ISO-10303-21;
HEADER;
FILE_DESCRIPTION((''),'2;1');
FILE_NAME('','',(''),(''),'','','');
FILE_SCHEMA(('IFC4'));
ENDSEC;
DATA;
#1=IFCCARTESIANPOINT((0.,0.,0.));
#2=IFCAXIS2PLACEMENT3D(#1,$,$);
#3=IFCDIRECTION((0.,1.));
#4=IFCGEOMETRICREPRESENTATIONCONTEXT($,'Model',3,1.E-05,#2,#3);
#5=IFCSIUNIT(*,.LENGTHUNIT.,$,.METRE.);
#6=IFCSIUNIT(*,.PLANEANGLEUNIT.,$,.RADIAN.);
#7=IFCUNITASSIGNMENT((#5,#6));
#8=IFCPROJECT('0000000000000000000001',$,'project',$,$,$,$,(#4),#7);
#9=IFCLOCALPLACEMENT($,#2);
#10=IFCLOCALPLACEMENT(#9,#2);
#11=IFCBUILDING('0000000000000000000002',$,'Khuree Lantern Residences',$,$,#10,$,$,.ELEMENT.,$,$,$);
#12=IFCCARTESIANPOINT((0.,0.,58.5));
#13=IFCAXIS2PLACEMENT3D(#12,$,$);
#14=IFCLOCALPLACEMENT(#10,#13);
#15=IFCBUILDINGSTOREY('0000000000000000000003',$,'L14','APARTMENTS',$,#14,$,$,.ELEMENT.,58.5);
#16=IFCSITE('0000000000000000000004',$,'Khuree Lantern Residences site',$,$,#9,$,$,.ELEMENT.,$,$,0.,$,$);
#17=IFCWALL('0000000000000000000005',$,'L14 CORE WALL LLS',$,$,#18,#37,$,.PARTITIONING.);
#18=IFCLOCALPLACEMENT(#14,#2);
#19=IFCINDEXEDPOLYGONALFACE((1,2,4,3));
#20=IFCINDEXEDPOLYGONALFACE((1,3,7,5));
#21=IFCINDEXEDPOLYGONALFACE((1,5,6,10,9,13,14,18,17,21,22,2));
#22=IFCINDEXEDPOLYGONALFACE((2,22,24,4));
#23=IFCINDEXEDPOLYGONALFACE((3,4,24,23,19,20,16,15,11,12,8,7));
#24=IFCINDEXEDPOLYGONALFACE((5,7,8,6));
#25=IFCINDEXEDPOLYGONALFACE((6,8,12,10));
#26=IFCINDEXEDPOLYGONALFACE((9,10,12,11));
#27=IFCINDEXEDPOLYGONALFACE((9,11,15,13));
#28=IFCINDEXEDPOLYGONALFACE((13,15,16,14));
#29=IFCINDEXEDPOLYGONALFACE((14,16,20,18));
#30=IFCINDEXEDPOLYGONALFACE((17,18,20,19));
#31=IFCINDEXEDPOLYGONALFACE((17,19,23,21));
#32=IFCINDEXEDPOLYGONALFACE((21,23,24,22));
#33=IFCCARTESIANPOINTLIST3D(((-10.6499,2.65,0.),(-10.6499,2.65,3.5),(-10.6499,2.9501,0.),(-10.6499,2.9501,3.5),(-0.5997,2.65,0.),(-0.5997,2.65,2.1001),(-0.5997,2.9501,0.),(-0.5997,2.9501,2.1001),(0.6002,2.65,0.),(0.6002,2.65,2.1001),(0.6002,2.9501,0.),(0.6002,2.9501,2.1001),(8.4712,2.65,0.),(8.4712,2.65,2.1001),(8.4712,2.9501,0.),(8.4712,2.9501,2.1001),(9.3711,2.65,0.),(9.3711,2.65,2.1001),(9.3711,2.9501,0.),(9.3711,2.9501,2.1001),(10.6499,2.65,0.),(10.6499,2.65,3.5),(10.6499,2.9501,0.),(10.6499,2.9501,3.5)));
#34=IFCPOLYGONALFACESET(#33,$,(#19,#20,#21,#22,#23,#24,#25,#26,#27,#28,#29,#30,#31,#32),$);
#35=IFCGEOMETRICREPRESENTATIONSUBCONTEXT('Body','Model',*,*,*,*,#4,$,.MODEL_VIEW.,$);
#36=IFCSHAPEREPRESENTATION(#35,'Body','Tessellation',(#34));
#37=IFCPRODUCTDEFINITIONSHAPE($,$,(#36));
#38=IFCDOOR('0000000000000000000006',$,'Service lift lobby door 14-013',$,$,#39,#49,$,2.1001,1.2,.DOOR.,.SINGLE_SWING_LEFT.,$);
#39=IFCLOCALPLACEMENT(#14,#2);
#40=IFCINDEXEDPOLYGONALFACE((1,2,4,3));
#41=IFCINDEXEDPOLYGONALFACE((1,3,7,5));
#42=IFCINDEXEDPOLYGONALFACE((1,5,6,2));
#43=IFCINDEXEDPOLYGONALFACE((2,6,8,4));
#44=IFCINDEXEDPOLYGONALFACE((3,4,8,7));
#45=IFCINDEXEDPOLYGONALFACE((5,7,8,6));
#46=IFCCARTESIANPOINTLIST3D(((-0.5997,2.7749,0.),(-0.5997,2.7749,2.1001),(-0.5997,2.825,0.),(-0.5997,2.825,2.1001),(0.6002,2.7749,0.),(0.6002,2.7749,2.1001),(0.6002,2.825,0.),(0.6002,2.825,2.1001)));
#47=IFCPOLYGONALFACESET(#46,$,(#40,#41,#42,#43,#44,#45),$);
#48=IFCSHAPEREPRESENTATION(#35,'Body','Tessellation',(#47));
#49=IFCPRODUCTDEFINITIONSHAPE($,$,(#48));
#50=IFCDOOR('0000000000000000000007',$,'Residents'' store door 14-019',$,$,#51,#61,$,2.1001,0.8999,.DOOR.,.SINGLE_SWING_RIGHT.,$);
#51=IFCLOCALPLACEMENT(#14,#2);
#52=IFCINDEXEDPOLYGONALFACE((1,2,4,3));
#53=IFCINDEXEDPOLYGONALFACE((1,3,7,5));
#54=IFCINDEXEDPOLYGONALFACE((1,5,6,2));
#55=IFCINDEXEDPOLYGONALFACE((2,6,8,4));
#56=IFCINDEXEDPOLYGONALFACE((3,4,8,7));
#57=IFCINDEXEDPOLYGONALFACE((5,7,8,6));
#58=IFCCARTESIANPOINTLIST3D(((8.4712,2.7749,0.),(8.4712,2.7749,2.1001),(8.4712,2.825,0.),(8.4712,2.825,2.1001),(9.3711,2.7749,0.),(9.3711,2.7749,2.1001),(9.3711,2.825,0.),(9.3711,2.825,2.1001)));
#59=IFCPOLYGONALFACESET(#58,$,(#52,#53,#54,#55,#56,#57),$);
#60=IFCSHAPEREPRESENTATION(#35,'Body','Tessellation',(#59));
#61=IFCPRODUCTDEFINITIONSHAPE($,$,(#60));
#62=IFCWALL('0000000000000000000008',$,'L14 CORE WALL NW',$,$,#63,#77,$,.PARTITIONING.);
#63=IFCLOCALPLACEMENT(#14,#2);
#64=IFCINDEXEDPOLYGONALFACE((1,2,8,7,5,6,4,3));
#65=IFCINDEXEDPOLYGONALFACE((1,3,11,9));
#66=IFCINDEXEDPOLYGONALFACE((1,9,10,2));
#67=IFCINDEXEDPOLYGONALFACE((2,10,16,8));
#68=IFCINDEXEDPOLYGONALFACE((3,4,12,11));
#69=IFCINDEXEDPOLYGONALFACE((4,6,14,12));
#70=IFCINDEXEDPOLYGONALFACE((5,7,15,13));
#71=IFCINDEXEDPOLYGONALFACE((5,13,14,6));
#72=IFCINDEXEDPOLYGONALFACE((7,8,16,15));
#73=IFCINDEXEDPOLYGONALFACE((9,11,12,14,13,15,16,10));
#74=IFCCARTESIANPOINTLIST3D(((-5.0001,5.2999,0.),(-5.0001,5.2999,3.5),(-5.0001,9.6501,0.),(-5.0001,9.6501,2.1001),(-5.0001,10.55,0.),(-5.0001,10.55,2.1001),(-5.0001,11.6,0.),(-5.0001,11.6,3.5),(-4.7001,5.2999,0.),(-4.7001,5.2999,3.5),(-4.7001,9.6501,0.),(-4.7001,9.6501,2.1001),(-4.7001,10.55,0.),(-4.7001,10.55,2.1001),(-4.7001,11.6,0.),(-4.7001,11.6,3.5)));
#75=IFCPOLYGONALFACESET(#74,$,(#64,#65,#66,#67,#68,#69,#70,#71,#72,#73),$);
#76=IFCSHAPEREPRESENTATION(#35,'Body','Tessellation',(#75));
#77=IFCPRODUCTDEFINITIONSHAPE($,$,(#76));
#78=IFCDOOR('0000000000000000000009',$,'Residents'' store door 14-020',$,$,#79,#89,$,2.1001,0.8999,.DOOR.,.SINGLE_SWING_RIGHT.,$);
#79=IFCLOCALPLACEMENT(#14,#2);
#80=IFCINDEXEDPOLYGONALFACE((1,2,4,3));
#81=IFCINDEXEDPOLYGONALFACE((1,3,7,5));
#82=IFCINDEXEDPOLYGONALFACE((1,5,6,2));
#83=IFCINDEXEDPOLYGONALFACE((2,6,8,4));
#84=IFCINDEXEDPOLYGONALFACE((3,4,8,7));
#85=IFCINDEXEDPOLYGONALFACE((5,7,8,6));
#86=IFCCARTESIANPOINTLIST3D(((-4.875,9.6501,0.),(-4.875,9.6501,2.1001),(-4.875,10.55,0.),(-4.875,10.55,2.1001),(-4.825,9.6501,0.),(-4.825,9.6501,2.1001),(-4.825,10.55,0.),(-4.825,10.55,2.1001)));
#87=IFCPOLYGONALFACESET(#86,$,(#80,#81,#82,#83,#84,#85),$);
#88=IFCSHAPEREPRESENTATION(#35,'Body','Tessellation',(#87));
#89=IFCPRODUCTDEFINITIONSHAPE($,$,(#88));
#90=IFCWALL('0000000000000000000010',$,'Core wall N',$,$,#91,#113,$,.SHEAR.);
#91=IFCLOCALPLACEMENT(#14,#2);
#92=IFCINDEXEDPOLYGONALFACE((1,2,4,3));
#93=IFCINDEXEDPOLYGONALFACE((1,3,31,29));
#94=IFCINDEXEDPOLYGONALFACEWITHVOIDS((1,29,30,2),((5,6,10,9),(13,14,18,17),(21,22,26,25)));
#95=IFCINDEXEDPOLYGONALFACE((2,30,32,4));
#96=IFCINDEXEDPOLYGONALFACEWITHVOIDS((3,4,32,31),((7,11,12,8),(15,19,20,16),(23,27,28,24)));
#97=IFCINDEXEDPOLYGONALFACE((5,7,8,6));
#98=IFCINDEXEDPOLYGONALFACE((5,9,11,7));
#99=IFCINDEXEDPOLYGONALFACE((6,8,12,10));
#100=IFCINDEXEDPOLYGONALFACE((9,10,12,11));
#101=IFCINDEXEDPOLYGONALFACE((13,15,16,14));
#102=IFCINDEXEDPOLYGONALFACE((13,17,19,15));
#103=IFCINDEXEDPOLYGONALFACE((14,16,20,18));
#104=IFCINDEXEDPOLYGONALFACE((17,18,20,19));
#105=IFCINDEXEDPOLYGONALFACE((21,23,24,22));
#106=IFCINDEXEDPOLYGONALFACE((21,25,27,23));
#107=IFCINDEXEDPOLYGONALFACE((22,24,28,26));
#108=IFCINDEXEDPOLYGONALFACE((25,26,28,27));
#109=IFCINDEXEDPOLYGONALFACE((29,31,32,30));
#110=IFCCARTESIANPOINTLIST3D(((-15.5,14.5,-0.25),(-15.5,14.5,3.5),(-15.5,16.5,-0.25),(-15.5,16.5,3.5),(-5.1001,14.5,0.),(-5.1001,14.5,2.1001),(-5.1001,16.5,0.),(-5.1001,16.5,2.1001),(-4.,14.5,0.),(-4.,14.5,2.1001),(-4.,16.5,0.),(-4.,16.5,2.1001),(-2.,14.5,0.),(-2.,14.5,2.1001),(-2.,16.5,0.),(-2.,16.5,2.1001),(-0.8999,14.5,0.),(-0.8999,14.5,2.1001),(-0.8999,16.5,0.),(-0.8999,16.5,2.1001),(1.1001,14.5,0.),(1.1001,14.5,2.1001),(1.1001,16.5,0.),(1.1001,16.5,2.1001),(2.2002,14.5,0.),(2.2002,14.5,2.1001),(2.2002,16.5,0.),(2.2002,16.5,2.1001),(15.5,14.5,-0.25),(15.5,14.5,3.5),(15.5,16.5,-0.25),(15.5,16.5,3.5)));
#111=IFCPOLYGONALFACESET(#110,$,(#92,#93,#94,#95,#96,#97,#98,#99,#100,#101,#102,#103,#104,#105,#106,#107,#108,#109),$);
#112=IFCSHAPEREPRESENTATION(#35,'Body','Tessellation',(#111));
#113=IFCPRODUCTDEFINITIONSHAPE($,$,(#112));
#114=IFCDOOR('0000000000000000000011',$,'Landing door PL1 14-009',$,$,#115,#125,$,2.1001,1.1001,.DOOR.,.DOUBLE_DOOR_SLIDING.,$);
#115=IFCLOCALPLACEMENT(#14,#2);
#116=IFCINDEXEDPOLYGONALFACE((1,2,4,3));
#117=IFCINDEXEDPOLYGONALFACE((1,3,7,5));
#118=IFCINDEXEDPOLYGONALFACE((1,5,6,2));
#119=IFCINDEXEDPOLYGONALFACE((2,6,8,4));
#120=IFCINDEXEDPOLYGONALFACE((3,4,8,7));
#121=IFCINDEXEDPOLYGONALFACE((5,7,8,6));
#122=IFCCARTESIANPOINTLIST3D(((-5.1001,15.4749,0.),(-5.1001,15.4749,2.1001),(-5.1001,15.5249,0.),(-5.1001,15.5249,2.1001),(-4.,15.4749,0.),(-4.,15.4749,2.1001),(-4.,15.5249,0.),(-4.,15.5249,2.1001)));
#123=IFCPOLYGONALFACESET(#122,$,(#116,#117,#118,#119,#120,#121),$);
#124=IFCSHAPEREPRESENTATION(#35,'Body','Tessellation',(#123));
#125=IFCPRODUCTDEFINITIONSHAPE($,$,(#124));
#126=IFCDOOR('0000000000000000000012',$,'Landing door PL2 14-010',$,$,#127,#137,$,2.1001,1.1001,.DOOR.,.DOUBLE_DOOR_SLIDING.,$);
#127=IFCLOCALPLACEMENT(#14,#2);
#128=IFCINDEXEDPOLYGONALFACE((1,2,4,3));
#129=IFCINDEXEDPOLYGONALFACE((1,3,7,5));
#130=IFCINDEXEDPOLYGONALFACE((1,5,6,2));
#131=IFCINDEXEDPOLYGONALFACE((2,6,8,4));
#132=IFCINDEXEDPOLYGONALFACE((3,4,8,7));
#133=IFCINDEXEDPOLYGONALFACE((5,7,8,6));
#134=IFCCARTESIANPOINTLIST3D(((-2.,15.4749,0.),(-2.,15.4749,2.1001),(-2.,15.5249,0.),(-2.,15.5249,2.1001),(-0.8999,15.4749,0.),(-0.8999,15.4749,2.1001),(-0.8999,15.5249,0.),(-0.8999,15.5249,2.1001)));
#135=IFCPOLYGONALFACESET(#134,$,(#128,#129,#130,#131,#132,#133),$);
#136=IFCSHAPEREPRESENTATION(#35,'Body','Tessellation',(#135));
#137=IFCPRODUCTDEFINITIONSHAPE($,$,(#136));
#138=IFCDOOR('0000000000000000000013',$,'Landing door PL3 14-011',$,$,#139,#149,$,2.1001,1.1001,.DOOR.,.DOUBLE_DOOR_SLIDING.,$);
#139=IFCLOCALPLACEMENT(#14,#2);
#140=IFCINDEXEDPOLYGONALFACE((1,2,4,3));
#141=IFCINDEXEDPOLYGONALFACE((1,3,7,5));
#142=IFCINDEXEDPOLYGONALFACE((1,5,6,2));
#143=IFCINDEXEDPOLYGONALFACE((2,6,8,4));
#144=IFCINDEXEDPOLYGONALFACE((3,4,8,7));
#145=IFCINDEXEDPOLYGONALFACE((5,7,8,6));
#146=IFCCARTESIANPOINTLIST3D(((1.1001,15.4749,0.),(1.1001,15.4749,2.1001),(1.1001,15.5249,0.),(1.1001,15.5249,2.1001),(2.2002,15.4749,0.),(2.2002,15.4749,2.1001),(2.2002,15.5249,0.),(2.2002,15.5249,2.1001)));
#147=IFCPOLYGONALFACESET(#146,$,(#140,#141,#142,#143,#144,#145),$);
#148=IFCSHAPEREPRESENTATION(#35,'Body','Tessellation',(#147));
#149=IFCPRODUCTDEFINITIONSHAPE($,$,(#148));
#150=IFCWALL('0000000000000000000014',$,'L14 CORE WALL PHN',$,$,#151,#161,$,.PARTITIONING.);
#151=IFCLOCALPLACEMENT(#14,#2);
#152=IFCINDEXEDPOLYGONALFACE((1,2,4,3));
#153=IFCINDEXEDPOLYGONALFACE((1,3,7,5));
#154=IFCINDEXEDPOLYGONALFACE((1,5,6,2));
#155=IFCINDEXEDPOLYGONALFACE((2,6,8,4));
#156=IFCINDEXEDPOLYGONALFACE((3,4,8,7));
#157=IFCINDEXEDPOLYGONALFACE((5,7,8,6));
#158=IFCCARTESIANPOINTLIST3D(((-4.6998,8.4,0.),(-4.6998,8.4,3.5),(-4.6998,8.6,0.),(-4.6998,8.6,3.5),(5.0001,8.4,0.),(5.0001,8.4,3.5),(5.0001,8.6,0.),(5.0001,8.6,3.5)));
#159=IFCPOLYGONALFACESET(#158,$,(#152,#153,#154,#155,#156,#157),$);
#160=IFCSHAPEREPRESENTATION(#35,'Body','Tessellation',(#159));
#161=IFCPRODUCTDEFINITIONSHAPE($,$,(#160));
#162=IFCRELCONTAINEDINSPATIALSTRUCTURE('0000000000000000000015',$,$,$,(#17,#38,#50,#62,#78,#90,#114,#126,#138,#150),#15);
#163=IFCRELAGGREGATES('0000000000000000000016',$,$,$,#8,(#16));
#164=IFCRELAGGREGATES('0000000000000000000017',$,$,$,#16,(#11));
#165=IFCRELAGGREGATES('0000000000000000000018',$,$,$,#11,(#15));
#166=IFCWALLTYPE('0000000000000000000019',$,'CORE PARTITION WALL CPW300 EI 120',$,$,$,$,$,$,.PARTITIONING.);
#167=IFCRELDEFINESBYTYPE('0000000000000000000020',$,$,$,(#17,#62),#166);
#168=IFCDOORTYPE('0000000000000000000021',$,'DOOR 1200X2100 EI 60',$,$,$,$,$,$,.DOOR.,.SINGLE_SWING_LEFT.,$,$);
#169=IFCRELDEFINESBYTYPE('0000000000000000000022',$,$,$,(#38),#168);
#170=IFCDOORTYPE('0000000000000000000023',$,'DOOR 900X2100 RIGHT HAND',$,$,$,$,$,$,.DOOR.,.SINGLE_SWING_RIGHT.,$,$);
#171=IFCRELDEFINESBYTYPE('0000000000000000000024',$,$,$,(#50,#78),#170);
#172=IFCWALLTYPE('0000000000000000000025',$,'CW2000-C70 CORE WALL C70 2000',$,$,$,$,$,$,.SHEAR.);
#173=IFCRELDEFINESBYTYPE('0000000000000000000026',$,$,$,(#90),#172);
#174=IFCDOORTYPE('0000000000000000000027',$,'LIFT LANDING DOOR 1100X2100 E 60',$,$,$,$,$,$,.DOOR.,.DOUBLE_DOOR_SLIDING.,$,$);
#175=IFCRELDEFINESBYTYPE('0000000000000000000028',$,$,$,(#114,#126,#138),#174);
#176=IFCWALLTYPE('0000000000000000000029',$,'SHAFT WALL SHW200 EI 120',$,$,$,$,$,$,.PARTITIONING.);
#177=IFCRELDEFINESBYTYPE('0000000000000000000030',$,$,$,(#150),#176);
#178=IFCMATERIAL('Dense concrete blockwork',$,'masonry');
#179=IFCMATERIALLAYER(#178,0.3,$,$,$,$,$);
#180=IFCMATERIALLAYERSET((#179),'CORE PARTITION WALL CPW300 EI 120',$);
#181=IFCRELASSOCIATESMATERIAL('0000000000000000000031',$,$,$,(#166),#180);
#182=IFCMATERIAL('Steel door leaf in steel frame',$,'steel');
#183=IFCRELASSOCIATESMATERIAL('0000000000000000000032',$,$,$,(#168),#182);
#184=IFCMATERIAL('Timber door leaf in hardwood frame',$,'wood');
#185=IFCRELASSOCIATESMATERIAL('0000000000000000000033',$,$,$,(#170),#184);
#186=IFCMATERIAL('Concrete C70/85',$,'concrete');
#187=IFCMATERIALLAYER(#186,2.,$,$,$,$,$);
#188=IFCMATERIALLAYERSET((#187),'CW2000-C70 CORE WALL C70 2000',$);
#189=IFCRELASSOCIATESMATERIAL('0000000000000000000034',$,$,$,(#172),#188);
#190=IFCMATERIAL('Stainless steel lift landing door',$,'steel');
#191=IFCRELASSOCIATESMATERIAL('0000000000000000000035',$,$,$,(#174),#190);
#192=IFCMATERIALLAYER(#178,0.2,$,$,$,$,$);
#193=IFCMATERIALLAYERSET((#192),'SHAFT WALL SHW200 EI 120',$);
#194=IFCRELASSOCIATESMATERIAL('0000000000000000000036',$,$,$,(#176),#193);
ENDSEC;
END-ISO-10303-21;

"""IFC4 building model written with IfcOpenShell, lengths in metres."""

from ifc_helpers import new_model, si_unit, direction, frame, frame_2d, origin, place, context, subcontext, project, spatial, rectangle, extrude, material, layer, layer_set, type_object, element, fill, save


model = new_model("IFC4")

# Units and contexts
model_context = context("Model", 3, precision=1e-05, world=origin(), true_north=direction((0.0, 1.0)))
body_context = subcontext(model_context, "Body", "Model", "MODEL_VIEW")
ifc_project = project(units=[si_unit("LENGTHUNIT", "METRE"), si_unit("PLANEANGLEUNIT", "RADIAN")], contexts=[model_context])

# Site, building, storey
site_placement = place(None, origin())
site = spatial("IfcSite", under=ifc_project, at=site_placement, Name="Khuree Lantern Residences site", CompositionType="ELEMENT", RefElevation=0.0)
building_placement = place(site_placement, origin())
building = spatial("IfcBuilding", under=site, at=building_placement, Name="Khuree Lantern Residences", CompositionType="ELEMENT")
storey_placement = place(building_placement, frame((0.0, 0.0, 58.5)))
storey = spatial("IfcBuildingStorey", under=building, at=storey_placement, Name="L14", Description="APARTMENTS", CompositionType="ELEMENT", Elevation=58.5)

# Shared definitions
ifc_material_1 = material(Name="Dense concrete blockwork", Category="masonry")
ifc_layer_1 = layer(ifc_material_1, 0.3)
ifc_layer_set_1 = layer_set([ifc_layer_1], Name="CORE PARTITION WALL CPW300 EI 120")
wall_type_1 = type_object("IfcWallType", Name="CORE PARTITION WALL CPW300 EI 120", PredefinedType="PARTITIONING", material=ifc_layer_set_1)

# Wall, openings, doors
wall_1_placement = place(storey_placement, frame((-10.6499, 2.8, 0.0), z_axis=(0.0, 0.0, 1.0), x_axis=(1.0, 0.0, 0.0)))
wall_1 = element("IfcWall", 1, at=wall_1_placement, inside=storey, type_object=wall_type_1, Name="L14 CORE WALL LLS", PredefinedType="PARTITIONING", context=body_context, shape_type="SweptSolid", body=[
    extrude(rectangle(XDim=21.2998, YDim=0.3, at=frame_2d((10.6499, 0.0))), origin(), (0.0, 0.0, 1.0), 3.5),
])
opening_1_placement = place(wall_1_placement, frame((10.05, 0.0, 0.0)))
opening_1 = element("IfcOpeningElement", 2, at=opening_1_placement, cuts=wall_1, PredefinedType="OPENING", context=body_context, shape_type="SweptSolid", body=[
    extrude(rectangle(XDim=1.2, YDim=2.1001, at=frame_2d((0.6001, 1.05))), frame((0.0, 0.1602, 0.0), z_axis=(0.0, -1.0, 0.0), x_axis=(1.0, 0.0, 0.0)), (0.0, 0.0, 1.0), 0.3201),
])
opening_2_placement = place(wall_1_placement, frame((19.1211, 0.0, 0.0)))
opening_2 = element("IfcOpeningElement", 3, at=opening_2_placement, cuts=wall_1, PredefinedType="OPENING", context=body_context, shape_type="SweptSolid", body=[
    extrude(rectangle(XDim=0.8999, YDim=2.1001, at=frame_2d((0.45, 1.05))), frame((0.0, 0.1602, 0.0), z_axis=(0.0, -1.0, 0.0), x_axis=(1.0, 0.0, 0.0)), (0.0, 0.0, 1.0), 0.3201),
])
ifc_material_2 = material(Name="Steel door leaf in steel frame", Category="steel")
door_type_1 = type_object("IfcDoorType", Name="DOOR 1200X2100 EI 60", OperationType="SINGLE_SWING_LEFT", PredefinedType="DOOR", material=ifc_material_2)
door_1_placement = place(opening_1_placement, origin())
door_1 = element("IfcDoor", 4, at=door_1_placement, inside=storey, type_object=door_type_1, Name="Service lift lobby door 14-013", OperationType="SINGLE_SWING_LEFT", OverallHeight=2.1001, OverallWidth=1.2, PredefinedType="DOOR", context=body_context, shape_type="SweptSolid", body=[
    extrude(rectangle(XDim=1.2, YDim=2.1001, at=frame_2d((0.6001, 1.05))), frame((0.0, 0.0249, 0.0), z_axis=(0.0, -1.0, 0.0), x_axis=(1.0, 0.0, 0.0)), (0.0, 0.0, 1.0), 0.05),
])
fill(opening_1, door_1)
ifc_material_3 = material(Name="Timber door leaf in hardwood frame", Category="wood")
door_type_2 = type_object("IfcDoorType", Name="DOOR 900X2100 RIGHT HAND", OperationType="SINGLE_SWING_RIGHT", PredefinedType="DOOR", material=ifc_material_3)
door_2_placement = place(opening_2_placement, origin())
door_2 = element("IfcDoor", 5, at=door_2_placement, inside=storey, type_object=door_type_2, Name="Residents' store door 14-019", OperationType="SINGLE_SWING_RIGHT", OverallHeight=2.1001, OverallWidth=0.8999, PredefinedType="DOOR", context=body_context, shape_type="SweptSolid", body=[
    extrude(rectangle(XDim=0.8999, YDim=2.1001, at=frame_2d((0.45, 1.05))), frame((0.0, 0.0249, 0.0), z_axis=(0.0, -1.0, 0.0), x_axis=(1.0, 0.0, 0.0)), (0.0, 0.0, 1.0), 0.05),
])
fill(opening_2, door_2)

# Wall, opening, door
wall_2_placement = place(storey_placement, frame((-4.8501, 5.3, 0.0), z_axis=(0.0, 0.0, 1.0), x_axis=(0.0, 1.0, 0.0)))
wall_2 = element("IfcWall", 6, at=wall_2_placement, inside=storey, type_object=wall_type_1, Name="L14 CORE WALL NW", PredefinedType="PARTITIONING", context=body_context, shape_type="SweptSolid", body=[
    extrude(rectangle(XDim=6.3, YDim=0.3, at=frame_2d((3.1499, 0.0))), origin(), (0.0, 0.0, 1.0), 3.5),
])
opening_3_placement = place(wall_2_placement, frame((4.3501, 0.0, 0.0)))
opening_3 = element("IfcOpeningElement", 7, at=opening_3_placement, cuts=wall_2, PredefinedType="OPENING", context=body_context, shape_type="SweptSolid", body=[
    extrude(rectangle(XDim=0.8999, YDim=2.1001, at=frame_2d((0.45, 1.05))), frame((0.0, 0.1602, 0.0), z_axis=(0.0, -1.0, 0.0), x_axis=(1.0, 0.0, 0.0)), (0.0, 0.0, 1.0), 0.3201),
])
door_3_placement = place(opening_3_placement, origin())
door_3 = element("IfcDoor", 8, at=door_3_placement, inside=storey, type_object=door_type_2, Name="Residents' store door 14-020", OperationType="SINGLE_SWING_RIGHT", OverallHeight=2.1001, OverallWidth=0.8999, PredefinedType="DOOR", context=body_context, shape_type="SweptSolid", body=[
    extrude(rectangle(XDim=0.8999, YDim=2.1001, at=frame_2d((0.45, 1.05))), frame((0.0, 0.0249, 0.0), z_axis=(0.0, -1.0, 0.0), x_axis=(1.0, 0.0, 0.0)), (0.0, 0.0, 1.0), 0.05),
])
fill(opening_3, door_3)

# Wall, openings, doors
ifc_material_4 = material(Name="Concrete C70/85", Category="concrete")
ifc_layer_2 = layer(ifc_material_4, 2.0)
ifc_layer_set_2 = layer_set([ifc_layer_2], Name="CW2000-C70 CORE WALL C70 2000")
wall_type_2 = type_object("IfcWallType", Name="CW2000-C70 CORE WALL C70 2000", PredefinedType="SHEAR", material=ifc_layer_set_2)
wall_3_placement = place(storey_placement, frame((-15.5, 15.5, -0.25), z_axis=(0.0, 0.0, 1.0), x_axis=(1.0, 0.0, 0.0)))
wall_3 = element("IfcWall", 9, at=wall_3_placement, inside=storey, type_object=wall_type_2, Name="Core wall N", PredefinedType="SHEAR", context=body_context, shape_type="SweptSolid", body=[
    extrude(rectangle(XDim=31.0, YDim=2.0, at=frame_2d((15.5, 0.0))), origin(), (0.0, 0.0, 1.0), 3.75),
])
opening_4_placement = place(wall_3_placement, frame((10.3999, 0.0, 0.25)))
opening_4 = element("IfcOpeningElement", 10, at=opening_4_placement, cuts=wall_3, PredefinedType="OPENING", context=body_context, shape_type="SweptSolid", body=[
    extrude(rectangle(XDim=1.1001, YDim=2.1001, at=frame_2d((0.55, 1.05))), frame((0.0, 1.01, 0.0), z_axis=(0.0, -1.0, 0.0), x_axis=(1.0, 0.0, 0.0)), (0.0, 0.0, 1.0), 2.02),
])
opening_5_placement = place(wall_3_placement, frame((13.5, 0.0, 0.25)))
opening_5 = element("IfcOpeningElement", 11, at=opening_5_placement, cuts=wall_3, PredefinedType="OPENING", context=body_context, shape_type="SweptSolid", body=[
    extrude(rectangle(XDim=1.1001, YDim=2.1001, at=frame_2d((0.55, 1.05))), frame((0.0, 1.01, 0.0), z_axis=(0.0, -1.0, 0.0), x_axis=(1.0, 0.0, 0.0)), (0.0, 0.0, 1.0), 2.02),
])
opening_6_placement = place(wall_3_placement, frame((16.6001, 0.0, 0.25)))
opening_6 = element("IfcOpeningElement", 12, at=opening_6_placement, cuts=wall_3, PredefinedType="OPENING", context=body_context, shape_type="SweptSolid", body=[
    extrude(rectangle(XDim=1.1001, YDim=2.1001, at=frame_2d((0.55, 1.05))), frame((0.0, 1.01, 0.0), z_axis=(0.0, -1.0, 0.0), x_axis=(1.0, 0.0, 0.0)), (0.0, 0.0, 1.0), 2.02),
])
ifc_material_5 = material(Name="Stainless steel lift landing door", Category="steel")
door_type_3 = type_object("IfcDoorType", Name="LIFT LANDING DOOR 1100X2100 E 60", OperationType="DOUBLE_DOOR_SLIDING", PredefinedType="DOOR", material=ifc_material_5)
door_4_placement = place(opening_4_placement, origin())
door_4 = element("IfcDoor", 13, at=door_4_placement, inside=storey, type_object=door_type_3, Name="Landing door PL1 14-009", OperationType="DOUBLE_DOOR_SLIDING", OverallHeight=2.1001, OverallWidth=1.1001, PredefinedType="DOOR", context=body_context, shape_type="SweptSolid", body=[
    extrude(rectangle(XDim=1.1001, YDim=2.1001, at=frame_2d((0.55, 1.05))), frame((0.0, 0.0249, 0.0), z_axis=(0.0, -1.0, 0.0), x_axis=(1.0, 0.0, 0.0)), (0.0, 0.0, 1.0), 0.05),
])
fill(opening_4, door_4)
door_5_placement = place(opening_5_placement, origin())
door_5 = element("IfcDoor", 14, at=door_5_placement, inside=storey, type_object=door_type_3, Name="Landing door PL2 14-010", OperationType="DOUBLE_DOOR_SLIDING", OverallHeight=2.1001, OverallWidth=1.1001, PredefinedType="DOOR", context=body_context, shape_type="SweptSolid", body=[
    extrude(rectangle(XDim=1.1001, YDim=2.1001, at=frame_2d((0.55, 1.05))), frame((0.0, 0.0249, 0.0), z_axis=(0.0, -1.0, 0.0), x_axis=(1.0, 0.0, 0.0)), (0.0, 0.0, 1.0), 0.05),
])
fill(opening_5, door_5)
door_6_placement = place(opening_6_placement, origin())
door_6 = element("IfcDoor", 15, at=door_6_placement, inside=storey, type_object=door_type_3, Name="Landing door PL3 14-011", OperationType="DOUBLE_DOOR_SLIDING", OverallHeight=2.1001, OverallWidth=1.1001, PredefinedType="DOOR", context=body_context, shape_type="SweptSolid", body=[
    extrude(rectangle(XDim=1.1001, YDim=2.1001, at=frame_2d((0.55, 1.05))), frame((0.0, 0.0249, 0.0), z_axis=(0.0, -1.0, 0.0), x_axis=(1.0, 0.0, 0.0)), (0.0, 0.0, 1.0), 0.05),
])
fill(opening_6, door_6)

# Wall
ifc_layer_3 = layer(ifc_material_1, 0.2)
ifc_layer_set_3 = layer_set([ifc_layer_3], Name="SHAFT WALL SHW200 EI 120")
wall_type_3 = type_object("IfcWallType", Name="SHAFT WALL SHW200 EI 120", PredefinedType="PARTITIONING", material=ifc_layer_set_3)
wall_4_placement = place(storey_placement, frame((-4.7, 8.5, 0.0), z_axis=(0.0, 0.0, 1.0), x_axis=(1.0, 0.0, 0.0)))
element("IfcWall", 16, at=wall_4_placement, inside=storey, type_object=wall_type_3, Name="L14 CORE WALL PHN", PredefinedType="PARTITIONING", context=body_context, shape_type="SweptSolid", body=[
    extrude(rectangle(XDim=9.7, YDim=0.2, at=frame_2d((4.8501, 0.0))), origin(), (0.0, 0.0, 1.0), 3.5),
])

save(model, "model.ifc")
